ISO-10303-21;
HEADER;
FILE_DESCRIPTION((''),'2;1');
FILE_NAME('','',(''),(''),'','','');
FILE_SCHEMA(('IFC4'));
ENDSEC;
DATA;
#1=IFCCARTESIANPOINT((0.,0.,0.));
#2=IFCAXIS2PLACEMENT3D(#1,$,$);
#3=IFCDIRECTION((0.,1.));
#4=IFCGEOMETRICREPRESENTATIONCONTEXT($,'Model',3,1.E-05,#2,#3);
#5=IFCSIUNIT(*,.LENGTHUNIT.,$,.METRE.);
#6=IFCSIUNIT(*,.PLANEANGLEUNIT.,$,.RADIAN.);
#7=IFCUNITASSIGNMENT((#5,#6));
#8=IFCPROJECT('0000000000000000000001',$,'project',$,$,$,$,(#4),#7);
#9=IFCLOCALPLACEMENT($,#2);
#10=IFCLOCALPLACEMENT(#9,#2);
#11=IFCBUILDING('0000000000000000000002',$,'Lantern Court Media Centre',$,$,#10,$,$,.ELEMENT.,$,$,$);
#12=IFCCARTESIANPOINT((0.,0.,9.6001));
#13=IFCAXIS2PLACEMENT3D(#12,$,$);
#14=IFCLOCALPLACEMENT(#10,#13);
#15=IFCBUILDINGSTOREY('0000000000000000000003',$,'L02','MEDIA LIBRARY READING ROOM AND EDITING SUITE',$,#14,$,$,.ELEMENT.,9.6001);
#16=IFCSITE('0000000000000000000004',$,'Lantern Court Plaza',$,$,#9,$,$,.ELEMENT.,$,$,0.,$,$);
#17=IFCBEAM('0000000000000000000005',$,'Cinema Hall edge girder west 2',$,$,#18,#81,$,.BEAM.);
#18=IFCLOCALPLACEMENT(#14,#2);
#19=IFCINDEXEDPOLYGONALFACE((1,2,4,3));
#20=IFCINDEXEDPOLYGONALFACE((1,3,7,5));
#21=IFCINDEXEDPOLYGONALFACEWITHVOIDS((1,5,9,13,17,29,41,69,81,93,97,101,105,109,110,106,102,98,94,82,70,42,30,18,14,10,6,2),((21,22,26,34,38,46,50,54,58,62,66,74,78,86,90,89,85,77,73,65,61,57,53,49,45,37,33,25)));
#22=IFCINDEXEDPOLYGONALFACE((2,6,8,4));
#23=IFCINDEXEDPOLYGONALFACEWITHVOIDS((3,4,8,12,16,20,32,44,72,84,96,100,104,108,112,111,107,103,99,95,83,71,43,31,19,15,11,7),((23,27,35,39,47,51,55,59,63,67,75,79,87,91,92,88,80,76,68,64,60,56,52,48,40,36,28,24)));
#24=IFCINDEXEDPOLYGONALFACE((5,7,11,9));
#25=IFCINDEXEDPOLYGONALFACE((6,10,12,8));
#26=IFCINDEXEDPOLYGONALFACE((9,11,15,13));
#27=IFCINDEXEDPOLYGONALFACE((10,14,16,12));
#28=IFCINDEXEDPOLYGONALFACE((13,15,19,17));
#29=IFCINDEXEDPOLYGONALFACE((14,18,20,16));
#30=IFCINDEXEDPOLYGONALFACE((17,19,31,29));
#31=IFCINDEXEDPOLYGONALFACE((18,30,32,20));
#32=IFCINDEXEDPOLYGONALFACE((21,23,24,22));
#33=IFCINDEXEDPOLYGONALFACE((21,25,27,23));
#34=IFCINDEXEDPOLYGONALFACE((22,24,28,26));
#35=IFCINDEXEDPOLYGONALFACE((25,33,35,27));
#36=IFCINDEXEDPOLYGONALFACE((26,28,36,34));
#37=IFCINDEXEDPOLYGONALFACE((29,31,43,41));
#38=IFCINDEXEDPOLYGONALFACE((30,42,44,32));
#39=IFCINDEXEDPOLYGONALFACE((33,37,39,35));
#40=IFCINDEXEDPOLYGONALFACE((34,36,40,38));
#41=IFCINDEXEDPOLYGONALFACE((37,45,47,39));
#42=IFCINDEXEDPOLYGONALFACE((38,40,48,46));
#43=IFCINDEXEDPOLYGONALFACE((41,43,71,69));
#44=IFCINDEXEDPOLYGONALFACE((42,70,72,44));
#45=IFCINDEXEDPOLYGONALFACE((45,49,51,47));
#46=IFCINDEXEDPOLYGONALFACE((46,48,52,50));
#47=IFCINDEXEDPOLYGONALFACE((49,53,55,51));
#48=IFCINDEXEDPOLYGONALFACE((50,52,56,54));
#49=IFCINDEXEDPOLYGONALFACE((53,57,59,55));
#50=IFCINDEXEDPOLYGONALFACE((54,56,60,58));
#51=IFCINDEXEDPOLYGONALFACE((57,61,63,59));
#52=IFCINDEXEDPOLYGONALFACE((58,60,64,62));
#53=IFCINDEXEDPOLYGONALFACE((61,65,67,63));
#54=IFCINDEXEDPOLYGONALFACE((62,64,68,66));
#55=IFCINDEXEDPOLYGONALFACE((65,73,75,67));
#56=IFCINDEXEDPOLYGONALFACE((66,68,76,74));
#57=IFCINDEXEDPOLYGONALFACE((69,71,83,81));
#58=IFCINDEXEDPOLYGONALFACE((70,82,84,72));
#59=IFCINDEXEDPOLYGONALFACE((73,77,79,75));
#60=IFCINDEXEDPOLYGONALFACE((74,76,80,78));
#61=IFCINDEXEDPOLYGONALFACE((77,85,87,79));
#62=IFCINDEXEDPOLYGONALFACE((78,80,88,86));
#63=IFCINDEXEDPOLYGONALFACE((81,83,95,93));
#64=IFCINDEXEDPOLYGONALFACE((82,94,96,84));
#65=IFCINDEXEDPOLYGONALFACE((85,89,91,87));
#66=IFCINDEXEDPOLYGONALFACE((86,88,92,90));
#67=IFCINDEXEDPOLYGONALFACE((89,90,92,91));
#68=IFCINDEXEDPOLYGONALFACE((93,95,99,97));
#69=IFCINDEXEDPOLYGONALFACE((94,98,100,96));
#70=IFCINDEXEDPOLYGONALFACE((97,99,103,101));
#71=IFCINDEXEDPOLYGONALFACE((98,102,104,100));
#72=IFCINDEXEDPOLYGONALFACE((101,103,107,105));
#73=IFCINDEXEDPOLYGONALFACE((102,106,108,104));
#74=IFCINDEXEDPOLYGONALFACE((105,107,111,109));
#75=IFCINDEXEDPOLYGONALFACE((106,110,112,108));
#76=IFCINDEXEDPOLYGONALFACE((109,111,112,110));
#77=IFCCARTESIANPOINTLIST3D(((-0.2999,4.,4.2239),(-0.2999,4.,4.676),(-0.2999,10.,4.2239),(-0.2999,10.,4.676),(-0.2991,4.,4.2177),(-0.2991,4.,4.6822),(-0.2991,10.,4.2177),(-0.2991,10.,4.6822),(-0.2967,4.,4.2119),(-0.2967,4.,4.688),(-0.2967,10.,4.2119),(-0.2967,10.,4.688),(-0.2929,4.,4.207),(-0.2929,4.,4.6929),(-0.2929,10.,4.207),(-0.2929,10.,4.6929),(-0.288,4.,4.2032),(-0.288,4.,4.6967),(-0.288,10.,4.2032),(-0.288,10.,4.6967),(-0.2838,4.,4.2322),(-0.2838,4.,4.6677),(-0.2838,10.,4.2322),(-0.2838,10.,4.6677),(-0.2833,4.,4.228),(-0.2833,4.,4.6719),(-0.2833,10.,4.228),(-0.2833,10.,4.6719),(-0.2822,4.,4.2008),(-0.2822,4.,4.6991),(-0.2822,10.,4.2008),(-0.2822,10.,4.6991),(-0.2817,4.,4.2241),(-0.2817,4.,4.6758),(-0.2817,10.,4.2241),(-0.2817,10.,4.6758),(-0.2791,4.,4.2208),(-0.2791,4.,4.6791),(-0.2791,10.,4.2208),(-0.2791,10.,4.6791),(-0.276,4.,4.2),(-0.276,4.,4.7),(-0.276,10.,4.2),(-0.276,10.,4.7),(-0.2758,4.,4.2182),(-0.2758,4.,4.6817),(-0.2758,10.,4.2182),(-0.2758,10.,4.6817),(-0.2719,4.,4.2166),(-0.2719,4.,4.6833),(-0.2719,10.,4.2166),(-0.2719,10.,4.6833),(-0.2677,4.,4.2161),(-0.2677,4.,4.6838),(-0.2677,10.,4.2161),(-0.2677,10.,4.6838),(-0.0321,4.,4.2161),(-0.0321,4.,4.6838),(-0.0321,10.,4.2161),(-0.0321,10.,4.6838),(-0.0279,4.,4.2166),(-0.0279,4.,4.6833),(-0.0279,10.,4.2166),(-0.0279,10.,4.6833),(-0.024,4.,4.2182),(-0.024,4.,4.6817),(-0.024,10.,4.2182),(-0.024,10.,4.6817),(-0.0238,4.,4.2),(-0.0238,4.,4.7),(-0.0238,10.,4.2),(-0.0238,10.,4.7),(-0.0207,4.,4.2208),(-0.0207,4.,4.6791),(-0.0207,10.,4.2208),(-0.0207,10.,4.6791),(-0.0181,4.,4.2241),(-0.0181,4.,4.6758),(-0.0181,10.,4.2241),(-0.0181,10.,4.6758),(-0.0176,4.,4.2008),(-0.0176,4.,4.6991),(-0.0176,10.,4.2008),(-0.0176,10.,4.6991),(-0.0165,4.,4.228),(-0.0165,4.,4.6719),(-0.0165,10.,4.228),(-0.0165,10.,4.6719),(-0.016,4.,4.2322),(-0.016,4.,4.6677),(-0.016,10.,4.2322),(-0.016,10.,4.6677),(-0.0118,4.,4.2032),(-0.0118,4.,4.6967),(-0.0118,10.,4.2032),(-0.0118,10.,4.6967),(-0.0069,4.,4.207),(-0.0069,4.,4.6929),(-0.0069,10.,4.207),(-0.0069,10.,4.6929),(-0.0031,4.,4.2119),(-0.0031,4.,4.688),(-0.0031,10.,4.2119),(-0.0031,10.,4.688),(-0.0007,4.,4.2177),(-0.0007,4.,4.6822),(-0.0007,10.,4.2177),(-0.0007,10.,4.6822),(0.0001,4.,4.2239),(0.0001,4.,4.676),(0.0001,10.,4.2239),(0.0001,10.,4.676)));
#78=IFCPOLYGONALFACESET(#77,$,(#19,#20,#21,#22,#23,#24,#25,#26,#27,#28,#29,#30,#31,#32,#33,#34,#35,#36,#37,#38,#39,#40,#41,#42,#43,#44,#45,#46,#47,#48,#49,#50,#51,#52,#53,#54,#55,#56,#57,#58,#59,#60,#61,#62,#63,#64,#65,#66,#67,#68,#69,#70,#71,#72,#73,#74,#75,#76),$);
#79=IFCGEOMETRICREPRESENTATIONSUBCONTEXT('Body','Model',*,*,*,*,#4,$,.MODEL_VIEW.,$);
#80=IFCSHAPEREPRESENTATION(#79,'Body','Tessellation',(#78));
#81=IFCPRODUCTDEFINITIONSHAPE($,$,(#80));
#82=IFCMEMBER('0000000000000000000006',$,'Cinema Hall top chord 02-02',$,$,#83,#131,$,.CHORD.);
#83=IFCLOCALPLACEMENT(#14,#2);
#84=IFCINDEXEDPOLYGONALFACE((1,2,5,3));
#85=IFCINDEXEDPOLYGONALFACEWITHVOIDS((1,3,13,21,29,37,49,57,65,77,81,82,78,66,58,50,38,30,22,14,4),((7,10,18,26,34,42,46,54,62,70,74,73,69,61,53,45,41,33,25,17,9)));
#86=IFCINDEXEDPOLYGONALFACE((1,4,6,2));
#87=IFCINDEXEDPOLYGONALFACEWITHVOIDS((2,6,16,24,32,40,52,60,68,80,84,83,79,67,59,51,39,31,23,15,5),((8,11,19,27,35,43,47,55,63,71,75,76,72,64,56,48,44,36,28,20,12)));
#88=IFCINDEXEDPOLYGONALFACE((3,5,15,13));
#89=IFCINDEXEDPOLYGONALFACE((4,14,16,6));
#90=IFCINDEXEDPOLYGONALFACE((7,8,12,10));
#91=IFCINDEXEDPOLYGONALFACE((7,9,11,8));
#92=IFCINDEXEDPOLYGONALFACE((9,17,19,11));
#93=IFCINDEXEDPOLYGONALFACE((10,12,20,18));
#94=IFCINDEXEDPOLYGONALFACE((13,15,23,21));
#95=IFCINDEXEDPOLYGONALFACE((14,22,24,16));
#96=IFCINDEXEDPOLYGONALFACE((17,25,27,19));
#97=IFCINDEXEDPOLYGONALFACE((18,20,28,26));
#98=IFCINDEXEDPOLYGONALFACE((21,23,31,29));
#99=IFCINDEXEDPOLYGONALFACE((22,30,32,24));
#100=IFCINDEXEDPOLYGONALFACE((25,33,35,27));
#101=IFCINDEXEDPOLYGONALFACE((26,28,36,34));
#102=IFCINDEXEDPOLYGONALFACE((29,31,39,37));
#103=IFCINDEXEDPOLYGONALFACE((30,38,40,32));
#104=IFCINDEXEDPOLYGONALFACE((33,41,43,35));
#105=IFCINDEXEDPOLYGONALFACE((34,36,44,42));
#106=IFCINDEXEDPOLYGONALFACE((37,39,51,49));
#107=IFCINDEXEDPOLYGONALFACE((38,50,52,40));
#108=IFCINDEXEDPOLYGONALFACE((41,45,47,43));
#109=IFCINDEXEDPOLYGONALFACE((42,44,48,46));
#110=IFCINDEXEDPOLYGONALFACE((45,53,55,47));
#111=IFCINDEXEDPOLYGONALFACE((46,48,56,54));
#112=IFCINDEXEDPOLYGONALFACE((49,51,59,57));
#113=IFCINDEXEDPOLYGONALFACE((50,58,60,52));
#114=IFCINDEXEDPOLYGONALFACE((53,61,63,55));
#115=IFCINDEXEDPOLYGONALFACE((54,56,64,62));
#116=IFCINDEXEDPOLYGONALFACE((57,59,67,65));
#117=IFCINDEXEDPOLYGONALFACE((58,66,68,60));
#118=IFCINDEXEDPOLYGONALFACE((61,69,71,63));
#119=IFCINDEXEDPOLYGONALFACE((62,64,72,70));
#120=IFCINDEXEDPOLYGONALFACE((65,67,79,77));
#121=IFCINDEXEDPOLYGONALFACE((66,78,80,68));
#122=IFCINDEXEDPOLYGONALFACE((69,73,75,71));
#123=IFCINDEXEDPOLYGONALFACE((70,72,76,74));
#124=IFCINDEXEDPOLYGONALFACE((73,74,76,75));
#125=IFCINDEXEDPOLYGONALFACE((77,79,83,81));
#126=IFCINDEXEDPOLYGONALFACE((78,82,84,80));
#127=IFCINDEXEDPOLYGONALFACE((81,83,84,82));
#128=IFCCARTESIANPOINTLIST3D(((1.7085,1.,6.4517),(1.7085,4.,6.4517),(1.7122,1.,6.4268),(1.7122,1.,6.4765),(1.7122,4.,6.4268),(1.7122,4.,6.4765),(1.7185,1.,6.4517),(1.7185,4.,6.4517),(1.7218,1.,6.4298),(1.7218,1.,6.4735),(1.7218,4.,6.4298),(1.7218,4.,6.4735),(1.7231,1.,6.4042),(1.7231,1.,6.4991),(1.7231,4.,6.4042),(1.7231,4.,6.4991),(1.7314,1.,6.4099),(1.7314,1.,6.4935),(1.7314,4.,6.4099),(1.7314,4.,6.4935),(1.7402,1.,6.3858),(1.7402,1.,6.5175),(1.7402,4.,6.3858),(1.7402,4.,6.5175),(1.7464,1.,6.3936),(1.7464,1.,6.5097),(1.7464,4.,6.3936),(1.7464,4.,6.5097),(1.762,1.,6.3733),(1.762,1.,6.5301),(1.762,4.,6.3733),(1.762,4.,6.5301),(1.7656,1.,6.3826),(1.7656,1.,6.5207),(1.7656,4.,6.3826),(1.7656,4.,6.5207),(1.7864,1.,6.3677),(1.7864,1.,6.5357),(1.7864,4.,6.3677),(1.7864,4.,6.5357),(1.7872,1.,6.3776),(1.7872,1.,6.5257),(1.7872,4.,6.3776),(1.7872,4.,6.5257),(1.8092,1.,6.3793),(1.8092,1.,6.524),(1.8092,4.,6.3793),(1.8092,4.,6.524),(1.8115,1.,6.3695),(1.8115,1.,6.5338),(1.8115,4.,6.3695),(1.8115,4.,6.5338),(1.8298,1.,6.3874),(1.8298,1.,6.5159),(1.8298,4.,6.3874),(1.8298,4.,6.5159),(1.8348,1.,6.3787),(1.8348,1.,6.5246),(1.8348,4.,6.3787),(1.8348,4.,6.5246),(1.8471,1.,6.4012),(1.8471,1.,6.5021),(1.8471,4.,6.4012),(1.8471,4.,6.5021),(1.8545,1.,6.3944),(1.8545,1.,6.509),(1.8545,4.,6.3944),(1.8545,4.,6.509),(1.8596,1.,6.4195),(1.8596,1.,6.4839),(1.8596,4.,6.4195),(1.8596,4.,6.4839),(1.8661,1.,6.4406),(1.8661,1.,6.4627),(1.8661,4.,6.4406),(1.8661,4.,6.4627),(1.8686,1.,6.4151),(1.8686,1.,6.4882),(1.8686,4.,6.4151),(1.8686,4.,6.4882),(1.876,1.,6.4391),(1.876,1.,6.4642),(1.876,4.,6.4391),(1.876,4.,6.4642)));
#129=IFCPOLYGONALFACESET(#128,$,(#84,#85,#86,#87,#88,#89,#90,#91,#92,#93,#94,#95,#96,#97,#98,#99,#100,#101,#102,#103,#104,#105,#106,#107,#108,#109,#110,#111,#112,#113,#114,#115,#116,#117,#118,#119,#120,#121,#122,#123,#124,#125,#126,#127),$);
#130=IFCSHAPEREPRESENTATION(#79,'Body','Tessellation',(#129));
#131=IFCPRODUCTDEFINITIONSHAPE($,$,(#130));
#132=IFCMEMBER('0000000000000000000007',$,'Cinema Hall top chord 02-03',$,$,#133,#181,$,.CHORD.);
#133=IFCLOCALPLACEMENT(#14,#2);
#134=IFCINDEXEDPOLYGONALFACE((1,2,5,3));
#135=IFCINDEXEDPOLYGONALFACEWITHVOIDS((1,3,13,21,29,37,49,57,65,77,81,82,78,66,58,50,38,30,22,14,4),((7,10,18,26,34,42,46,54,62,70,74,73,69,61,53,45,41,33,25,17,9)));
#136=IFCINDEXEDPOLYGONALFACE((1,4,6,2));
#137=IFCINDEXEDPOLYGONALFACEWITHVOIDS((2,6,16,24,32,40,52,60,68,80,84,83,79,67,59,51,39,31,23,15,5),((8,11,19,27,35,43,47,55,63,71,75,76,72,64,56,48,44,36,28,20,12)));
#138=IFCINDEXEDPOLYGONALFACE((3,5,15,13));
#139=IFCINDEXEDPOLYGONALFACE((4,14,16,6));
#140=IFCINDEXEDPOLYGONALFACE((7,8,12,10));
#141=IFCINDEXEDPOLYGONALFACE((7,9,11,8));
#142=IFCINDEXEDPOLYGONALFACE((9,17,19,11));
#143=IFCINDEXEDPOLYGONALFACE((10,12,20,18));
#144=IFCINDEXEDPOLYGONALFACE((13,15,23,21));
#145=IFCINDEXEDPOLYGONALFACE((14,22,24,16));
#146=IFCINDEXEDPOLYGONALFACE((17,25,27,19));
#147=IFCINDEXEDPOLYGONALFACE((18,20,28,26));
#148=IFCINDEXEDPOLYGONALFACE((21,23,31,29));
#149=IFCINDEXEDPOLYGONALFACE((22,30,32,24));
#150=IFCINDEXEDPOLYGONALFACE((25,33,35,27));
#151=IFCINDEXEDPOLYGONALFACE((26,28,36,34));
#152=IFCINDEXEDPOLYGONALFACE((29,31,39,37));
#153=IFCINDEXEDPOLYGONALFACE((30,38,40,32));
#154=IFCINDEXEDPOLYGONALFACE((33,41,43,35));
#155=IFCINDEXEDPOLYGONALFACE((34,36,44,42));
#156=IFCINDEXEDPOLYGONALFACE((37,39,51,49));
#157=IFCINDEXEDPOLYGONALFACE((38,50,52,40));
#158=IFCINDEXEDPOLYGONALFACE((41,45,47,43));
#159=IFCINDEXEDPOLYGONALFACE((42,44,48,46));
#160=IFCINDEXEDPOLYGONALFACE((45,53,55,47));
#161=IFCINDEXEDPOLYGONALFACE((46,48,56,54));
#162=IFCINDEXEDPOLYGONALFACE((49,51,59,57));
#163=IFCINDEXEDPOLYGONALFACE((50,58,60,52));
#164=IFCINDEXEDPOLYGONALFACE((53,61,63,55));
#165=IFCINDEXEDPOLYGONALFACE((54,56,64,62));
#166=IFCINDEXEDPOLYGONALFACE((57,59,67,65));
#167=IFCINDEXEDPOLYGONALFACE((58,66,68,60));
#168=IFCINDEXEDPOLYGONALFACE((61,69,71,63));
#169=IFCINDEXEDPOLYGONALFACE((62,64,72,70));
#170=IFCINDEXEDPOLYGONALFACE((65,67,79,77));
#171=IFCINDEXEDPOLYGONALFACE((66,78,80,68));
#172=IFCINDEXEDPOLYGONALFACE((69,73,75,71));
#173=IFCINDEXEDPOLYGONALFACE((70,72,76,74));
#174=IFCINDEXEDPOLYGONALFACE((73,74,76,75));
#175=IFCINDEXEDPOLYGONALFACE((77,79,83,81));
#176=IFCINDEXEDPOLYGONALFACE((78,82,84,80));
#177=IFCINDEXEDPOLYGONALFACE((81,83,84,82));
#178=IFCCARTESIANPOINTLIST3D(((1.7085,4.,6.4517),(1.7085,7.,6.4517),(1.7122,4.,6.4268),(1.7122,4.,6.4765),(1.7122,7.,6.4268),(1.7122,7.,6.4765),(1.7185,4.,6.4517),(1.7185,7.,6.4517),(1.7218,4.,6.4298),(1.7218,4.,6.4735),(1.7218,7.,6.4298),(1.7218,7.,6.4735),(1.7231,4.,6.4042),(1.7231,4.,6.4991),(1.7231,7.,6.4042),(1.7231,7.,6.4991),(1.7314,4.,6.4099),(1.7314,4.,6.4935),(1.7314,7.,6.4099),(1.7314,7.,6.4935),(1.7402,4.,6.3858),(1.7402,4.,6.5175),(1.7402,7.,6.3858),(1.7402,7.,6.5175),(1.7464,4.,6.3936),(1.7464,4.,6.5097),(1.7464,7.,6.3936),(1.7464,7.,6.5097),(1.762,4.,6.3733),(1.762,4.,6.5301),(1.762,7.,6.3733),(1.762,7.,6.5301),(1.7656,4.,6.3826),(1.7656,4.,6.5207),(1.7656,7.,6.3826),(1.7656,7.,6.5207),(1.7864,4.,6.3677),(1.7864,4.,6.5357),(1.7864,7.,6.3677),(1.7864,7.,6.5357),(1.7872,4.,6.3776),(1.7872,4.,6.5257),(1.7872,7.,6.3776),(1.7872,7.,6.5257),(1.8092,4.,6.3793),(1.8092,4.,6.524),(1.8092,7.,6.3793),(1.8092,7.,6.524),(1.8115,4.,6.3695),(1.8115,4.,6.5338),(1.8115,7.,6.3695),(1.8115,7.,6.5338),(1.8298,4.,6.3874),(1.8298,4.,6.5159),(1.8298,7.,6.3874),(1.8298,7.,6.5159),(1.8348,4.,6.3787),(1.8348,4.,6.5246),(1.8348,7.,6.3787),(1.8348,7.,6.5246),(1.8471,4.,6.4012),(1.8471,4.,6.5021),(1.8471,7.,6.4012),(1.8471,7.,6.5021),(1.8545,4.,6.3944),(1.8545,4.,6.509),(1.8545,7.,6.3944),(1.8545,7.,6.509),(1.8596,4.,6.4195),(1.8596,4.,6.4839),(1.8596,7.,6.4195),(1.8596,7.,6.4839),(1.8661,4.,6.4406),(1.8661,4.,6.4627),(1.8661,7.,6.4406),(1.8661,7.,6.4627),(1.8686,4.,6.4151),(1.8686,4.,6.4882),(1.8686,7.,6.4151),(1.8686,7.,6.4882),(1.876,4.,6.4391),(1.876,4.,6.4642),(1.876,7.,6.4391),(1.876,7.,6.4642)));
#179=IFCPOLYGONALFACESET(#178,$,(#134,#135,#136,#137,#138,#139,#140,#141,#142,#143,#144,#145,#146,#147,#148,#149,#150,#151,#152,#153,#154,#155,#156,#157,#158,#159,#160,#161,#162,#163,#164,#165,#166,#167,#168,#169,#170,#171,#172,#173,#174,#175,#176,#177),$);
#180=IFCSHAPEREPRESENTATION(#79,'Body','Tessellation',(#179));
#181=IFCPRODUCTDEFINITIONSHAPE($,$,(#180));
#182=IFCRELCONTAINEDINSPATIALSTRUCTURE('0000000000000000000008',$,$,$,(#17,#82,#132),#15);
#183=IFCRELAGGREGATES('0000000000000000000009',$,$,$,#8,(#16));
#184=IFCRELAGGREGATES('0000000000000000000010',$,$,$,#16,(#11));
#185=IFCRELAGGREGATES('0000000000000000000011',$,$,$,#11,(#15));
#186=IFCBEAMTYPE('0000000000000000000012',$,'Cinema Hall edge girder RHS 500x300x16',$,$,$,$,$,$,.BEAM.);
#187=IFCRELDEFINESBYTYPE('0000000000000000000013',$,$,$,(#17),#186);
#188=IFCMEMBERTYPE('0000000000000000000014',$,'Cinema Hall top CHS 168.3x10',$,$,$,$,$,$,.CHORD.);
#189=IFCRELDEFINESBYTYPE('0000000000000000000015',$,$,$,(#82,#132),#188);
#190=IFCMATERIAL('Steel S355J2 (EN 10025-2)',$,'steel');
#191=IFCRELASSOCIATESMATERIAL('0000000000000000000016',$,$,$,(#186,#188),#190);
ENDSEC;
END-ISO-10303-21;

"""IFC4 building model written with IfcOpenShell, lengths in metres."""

from ifc_helpers import new_model, si_unit, direction, frame, origin, origin_2d, place, context, subcontext, project, spatial, hollow_rectangle, hollow_circle, extrude, material, material_profile, profile_set, type_object, element, save


model = new_model("IFC4")

# Units and contexts
model_context = context("Model", 3, precision=1e-05, world=origin(), true_north=direction((0.0, 1.0)))
body_context = subcontext(model_context, "Body", "Model", "MODEL_VIEW")
ifc_project = project(units=[si_unit("LENGTHUNIT", "METRE"), si_unit("PLANEANGLEUNIT", "RADIAN")], contexts=[model_context])

# Site, building, storey
site_placement = place(None, origin())
site = spatial("IfcSite", under=ifc_project, at=site_placement, Name="Lantern Court Plaza", CompositionType="ELEMENT", RefElevation=0.0)
building_placement = place(site_placement, origin())
building = spatial("IfcBuilding", under=site, at=building_placement, Name="Lantern Court Media Centre", CompositionType="ELEMENT")
storey_placement = place(building_placement, frame((0.0, 0.0, 9.6001)))
storey = spatial("IfcBuildingStorey", under=building, at=storey_placement, Name="L02", Description="MEDIA LIBRARY READING ROOM AND EDITING SUITE", CompositionType="ELEMENT", Elevation=9.6001)

# Shared definitions
ifc_material = material(Name="Steel S355J2 (EN 10025-2)", Category="steel")

# Beam
ifc_material_profile_1 = material_profile(ifc_material, hollow_rectangle(XDim=0.3, YDim=0.5, WallThickness=0.0161, InnerFilletRadius=0.0161, OuterFilletRadius=0.0239, at=origin_2d()), Name="Cinema Hall edge girder RHS 500x300x16")
ifc_profile_set_1 = profile_set([ifc_material_profile_1], Name="Steel S355J2 (EN 10025-2)")
beam_type = type_object("IfcBeamType", Name="Cinema Hall edge girder RHS 500x300x16", PredefinedType="BEAM", material=ifc_profile_set_1)
beam_placement = place(storey_placement, frame((-0.1499, 4.0, 4.45), z_axis=(0.0, 1.0, 0.0), x_axis=(-1.0, 0.0, 0.0)))
element("IfcBeam", 1, at=beam_placement, inside=storey, type_object=beam_type, Name="Cinema Hall edge girder west 2", PredefinedType="BEAM", context=body_context, shape_type="SweptSolid", body=[
    extrude(hollow_rectangle(XDim=0.3, YDim=0.5, WallThickness=0.0161, InnerFilletRadius=0.0161, OuterFilletRadius=0.0239, at=origin_2d()), origin(), (0.0, 0.0, 1.0), 6.0),
])

# Members
ifc_material_profile_2 = material_profile(ifc_material, hollow_circle(Radius=0.0842, WallThickness=0.01, at=origin_2d()), Name="Cinema Hall top CHS 168.3x10")
ifc_profile_set_2 = profile_set([ifc_material_profile_2], Name="Steel S355J2 (EN 10025-2)")
member_type_1 = type_object("IfcMemberType", Name="Cinema Hall top CHS 168.3x10", PredefinedType="CHORD", material=ifc_profile_set_2)
for number, where, z_axis, x_axis, name in (
    (2, (1.7927, 1.0, 6.4517), (0.0, 1.0, 0.0), (-1.0, 0.0, 0.0), "Cinema Hall top chord 02-02"),
    (3, (1.7927, 4.0, 6.4517), (0.0, 1.0, 0.0), (-1.0, 0.0, 0.0), "Cinema Hall top chord 02-03"),
):
    element("IfcMember", number, at=place(storey_placement, frame(where, z_axis=z_axis, x_axis=x_axis)), inside=storey, type_object=member_type_1, Name=name, PredefinedType="CHORD", context=body_context, shape_type="SweptSolid", body=[
        extrude(hollow_circle(Radius=0.0842, WallThickness=0.01, at=origin_2d()), origin(), (0.0, 0.0, 1.0), 3.0),
    ])

save(model, "model.ifc")
